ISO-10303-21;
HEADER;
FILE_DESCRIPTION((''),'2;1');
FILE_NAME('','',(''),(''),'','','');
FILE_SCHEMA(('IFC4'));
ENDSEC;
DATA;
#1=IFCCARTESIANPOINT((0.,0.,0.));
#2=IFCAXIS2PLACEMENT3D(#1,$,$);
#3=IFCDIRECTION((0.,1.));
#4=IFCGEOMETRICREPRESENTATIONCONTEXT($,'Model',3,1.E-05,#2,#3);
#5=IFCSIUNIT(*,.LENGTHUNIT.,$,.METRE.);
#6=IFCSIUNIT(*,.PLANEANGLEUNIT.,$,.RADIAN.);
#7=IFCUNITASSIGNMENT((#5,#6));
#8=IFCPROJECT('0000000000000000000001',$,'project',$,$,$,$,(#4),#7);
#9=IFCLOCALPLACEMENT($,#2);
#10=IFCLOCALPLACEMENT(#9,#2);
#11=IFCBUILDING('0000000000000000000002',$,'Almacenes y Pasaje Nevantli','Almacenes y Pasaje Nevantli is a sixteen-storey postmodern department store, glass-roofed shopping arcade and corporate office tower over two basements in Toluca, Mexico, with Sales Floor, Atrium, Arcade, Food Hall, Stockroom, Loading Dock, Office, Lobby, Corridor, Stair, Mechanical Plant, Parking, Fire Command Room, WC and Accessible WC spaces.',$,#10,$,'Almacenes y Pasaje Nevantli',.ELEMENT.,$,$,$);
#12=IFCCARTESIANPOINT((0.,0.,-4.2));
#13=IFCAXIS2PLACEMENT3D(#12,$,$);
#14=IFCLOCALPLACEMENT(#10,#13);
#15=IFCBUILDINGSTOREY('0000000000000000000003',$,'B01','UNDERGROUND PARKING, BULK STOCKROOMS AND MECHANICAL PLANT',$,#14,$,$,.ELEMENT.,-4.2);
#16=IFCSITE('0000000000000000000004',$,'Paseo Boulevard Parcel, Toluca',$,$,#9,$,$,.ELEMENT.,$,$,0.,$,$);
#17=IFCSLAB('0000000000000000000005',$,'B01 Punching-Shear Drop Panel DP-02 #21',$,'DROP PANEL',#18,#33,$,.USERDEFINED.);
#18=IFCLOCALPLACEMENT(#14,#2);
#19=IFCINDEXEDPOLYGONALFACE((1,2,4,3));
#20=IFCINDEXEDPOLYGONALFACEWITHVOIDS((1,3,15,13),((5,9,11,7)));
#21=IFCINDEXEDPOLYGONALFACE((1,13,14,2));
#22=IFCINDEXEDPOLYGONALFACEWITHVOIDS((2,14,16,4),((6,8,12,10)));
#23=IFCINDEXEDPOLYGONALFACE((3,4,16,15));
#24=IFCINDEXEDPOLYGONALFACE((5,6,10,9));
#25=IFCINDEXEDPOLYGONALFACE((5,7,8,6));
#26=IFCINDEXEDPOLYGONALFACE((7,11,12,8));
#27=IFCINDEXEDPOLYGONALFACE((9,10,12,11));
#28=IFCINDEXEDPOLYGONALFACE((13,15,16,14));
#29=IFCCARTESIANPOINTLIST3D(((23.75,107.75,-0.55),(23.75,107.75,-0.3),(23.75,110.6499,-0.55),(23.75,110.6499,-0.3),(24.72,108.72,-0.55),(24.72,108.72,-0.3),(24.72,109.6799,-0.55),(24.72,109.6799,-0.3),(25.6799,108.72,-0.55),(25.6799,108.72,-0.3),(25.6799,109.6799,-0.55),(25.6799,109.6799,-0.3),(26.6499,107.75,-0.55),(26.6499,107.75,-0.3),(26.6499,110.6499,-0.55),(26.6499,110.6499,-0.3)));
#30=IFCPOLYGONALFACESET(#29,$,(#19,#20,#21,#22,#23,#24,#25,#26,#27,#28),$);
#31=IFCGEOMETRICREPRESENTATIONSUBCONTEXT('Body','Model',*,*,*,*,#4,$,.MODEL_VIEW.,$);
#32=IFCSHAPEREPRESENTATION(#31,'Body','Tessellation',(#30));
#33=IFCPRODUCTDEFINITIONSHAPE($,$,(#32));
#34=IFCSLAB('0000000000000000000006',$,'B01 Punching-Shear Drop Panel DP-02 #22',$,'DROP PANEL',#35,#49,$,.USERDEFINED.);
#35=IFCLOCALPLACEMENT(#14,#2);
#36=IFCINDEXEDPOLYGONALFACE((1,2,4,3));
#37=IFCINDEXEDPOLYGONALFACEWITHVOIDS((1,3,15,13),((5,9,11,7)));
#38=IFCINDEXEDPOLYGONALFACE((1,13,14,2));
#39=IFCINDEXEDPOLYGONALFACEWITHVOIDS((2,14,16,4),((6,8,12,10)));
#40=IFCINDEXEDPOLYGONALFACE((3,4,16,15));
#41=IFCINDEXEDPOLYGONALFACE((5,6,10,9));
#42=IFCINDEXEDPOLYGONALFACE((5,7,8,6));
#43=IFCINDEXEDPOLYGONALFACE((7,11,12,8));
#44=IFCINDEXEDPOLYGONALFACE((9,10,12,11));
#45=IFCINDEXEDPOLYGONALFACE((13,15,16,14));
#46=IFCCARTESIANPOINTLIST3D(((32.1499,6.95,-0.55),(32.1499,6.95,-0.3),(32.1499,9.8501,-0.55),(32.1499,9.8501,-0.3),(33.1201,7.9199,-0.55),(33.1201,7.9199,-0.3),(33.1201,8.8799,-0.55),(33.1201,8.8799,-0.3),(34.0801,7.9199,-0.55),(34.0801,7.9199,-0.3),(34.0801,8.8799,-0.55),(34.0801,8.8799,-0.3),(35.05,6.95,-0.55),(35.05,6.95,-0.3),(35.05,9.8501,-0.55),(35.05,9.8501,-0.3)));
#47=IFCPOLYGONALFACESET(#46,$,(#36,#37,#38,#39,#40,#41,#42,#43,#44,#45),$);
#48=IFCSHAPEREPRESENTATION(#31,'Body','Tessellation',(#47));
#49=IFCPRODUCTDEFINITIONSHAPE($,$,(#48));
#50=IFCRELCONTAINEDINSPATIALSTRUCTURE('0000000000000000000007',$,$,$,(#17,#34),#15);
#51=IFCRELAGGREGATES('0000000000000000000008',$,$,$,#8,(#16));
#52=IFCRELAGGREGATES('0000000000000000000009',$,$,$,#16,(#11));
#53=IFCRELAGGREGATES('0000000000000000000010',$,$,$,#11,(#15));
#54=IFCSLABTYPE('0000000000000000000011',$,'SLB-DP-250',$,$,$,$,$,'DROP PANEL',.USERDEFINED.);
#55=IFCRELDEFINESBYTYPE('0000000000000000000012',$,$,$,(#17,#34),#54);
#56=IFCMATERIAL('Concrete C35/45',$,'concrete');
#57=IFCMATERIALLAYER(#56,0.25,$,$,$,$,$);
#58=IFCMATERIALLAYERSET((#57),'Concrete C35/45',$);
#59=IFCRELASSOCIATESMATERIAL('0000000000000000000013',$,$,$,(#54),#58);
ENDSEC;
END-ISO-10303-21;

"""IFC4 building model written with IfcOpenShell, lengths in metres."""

from ifc_helpers import new_model, si_unit, direction, frame, origin, place, context, subcontext, project, spatial, polyline, outline, extrude, material, layer, layer_set, type_object, element, save


model = new_model("IFC4")

# Units and contexts
model_context = context("Model", 3, precision=1e-05, world=origin(), true_north=direction((0.0, 1.0)))
body_context = subcontext(model_context, "Body", "Model", "MODEL_VIEW")
ifc_project = project(units=[si_unit("LENGTHUNIT", "METRE"), si_unit("PLANEANGLEUNIT", "RADIAN")], contexts=[model_context])

# Site, building, storey
site_placement = place(None, origin())
site = spatial("IfcSite", under=ifc_project, at=site_placement, Name="Paseo Boulevard Parcel, Toluca", CompositionType="ELEMENT", RefElevation=0.0)
building_placement = place(site_placement, origin())
building = spatial("IfcBuilding", under=site, at=building_placement, Name="Almacenes y Pasaje Nevantli", Description="Almacenes y Pasaje Nevantli is a sixteen-storey postmodern department store, glass-roofed shopping arcade and corporate office tower over two basements in Toluca, Mexico, with Sales Floor, Atrium, Arcade, Food Hall, Stockroom, Loading Dock, Office, Lobby, Corridor, Stair, Mechanical Plant, Parking, Fire Command Room, WC and Accessible WC spaces.", LongName="Almacenes y Pasaje Nevantli", CompositionType="ELEMENT")
storey_placement = place(building_placement, frame((0.0, 0.0, -4.2)))
storey = spatial("IfcBuildingStorey", under=building, at=storey_placement, Name="B01", Description="UNDERGROUND PARKING, BULK STOCKROOMS AND MECHANICAL PLANT", CompositionType="ELEMENT", Elevation=-4.2)

# Slabs
ifc_material = material(Name="Concrete C35/45", Category="concrete")
ifc_layer = layer(ifc_material, 0.25)
ifc_layer_set = layer_set([ifc_layer], Name="Concrete C35/45")
slab_type = type_object("IfcSlabType", Name="SLB-DP-250", ElementType="DROP PANEL", PredefinedType="USERDEFINED", material=ifc_layer_set)
slab_1_placement = place(storey_placement, frame((0.0, 0.0, -0.55)))
element("IfcSlab", 1, at=slab_1_placement, inside=storey, type_object=slab_type, Name="B01 Punching-Shear Drop Panel DP-02 #21", ObjectType="DROP PANEL", PredefinedType="USERDEFINED", context=body_context, shape_type="SweptSolid", body=[
    extrude(outline(polyline([(23.75, 107.75), (26.6499, 107.75), (26.6499, 110.6499), (23.75, 110.6499), (23.75, 107.75)]), holes=[polyline([(24.72, 108.72), (25.6799, 108.72), (25.6799, 109.6799), (24.72, 109.6799), (24.72, 108.72)])]), origin(), (0.0, 0.0, 1.0), 0.25),
])
slab_2_placement = place(storey_placement, frame((0.0, 0.0, -0.55)))
element("IfcSlab", 2, at=slab_2_placement, inside=storey, type_object=slab_type, Name="B01 Punching-Shear Drop Panel DP-02 #22", ObjectType="DROP PANEL", PredefinedType="USERDEFINED", context=body_context, shape_type="SweptSolid", body=[
    extrude(outline(polyline([(32.1499, 6.95), (35.05, 6.95), (35.05, 9.8501), (32.1499, 9.8501), (32.1499, 6.95)]), holes=[polyline([(33.1201, 7.9199), (34.0801, 7.9199), (34.0801, 8.8799), (33.1201, 8.8799), (33.1201, 7.9199)])]), origin(), (0.0, 0.0, 1.0), 0.25),
])

save(model, "model.ifc")
